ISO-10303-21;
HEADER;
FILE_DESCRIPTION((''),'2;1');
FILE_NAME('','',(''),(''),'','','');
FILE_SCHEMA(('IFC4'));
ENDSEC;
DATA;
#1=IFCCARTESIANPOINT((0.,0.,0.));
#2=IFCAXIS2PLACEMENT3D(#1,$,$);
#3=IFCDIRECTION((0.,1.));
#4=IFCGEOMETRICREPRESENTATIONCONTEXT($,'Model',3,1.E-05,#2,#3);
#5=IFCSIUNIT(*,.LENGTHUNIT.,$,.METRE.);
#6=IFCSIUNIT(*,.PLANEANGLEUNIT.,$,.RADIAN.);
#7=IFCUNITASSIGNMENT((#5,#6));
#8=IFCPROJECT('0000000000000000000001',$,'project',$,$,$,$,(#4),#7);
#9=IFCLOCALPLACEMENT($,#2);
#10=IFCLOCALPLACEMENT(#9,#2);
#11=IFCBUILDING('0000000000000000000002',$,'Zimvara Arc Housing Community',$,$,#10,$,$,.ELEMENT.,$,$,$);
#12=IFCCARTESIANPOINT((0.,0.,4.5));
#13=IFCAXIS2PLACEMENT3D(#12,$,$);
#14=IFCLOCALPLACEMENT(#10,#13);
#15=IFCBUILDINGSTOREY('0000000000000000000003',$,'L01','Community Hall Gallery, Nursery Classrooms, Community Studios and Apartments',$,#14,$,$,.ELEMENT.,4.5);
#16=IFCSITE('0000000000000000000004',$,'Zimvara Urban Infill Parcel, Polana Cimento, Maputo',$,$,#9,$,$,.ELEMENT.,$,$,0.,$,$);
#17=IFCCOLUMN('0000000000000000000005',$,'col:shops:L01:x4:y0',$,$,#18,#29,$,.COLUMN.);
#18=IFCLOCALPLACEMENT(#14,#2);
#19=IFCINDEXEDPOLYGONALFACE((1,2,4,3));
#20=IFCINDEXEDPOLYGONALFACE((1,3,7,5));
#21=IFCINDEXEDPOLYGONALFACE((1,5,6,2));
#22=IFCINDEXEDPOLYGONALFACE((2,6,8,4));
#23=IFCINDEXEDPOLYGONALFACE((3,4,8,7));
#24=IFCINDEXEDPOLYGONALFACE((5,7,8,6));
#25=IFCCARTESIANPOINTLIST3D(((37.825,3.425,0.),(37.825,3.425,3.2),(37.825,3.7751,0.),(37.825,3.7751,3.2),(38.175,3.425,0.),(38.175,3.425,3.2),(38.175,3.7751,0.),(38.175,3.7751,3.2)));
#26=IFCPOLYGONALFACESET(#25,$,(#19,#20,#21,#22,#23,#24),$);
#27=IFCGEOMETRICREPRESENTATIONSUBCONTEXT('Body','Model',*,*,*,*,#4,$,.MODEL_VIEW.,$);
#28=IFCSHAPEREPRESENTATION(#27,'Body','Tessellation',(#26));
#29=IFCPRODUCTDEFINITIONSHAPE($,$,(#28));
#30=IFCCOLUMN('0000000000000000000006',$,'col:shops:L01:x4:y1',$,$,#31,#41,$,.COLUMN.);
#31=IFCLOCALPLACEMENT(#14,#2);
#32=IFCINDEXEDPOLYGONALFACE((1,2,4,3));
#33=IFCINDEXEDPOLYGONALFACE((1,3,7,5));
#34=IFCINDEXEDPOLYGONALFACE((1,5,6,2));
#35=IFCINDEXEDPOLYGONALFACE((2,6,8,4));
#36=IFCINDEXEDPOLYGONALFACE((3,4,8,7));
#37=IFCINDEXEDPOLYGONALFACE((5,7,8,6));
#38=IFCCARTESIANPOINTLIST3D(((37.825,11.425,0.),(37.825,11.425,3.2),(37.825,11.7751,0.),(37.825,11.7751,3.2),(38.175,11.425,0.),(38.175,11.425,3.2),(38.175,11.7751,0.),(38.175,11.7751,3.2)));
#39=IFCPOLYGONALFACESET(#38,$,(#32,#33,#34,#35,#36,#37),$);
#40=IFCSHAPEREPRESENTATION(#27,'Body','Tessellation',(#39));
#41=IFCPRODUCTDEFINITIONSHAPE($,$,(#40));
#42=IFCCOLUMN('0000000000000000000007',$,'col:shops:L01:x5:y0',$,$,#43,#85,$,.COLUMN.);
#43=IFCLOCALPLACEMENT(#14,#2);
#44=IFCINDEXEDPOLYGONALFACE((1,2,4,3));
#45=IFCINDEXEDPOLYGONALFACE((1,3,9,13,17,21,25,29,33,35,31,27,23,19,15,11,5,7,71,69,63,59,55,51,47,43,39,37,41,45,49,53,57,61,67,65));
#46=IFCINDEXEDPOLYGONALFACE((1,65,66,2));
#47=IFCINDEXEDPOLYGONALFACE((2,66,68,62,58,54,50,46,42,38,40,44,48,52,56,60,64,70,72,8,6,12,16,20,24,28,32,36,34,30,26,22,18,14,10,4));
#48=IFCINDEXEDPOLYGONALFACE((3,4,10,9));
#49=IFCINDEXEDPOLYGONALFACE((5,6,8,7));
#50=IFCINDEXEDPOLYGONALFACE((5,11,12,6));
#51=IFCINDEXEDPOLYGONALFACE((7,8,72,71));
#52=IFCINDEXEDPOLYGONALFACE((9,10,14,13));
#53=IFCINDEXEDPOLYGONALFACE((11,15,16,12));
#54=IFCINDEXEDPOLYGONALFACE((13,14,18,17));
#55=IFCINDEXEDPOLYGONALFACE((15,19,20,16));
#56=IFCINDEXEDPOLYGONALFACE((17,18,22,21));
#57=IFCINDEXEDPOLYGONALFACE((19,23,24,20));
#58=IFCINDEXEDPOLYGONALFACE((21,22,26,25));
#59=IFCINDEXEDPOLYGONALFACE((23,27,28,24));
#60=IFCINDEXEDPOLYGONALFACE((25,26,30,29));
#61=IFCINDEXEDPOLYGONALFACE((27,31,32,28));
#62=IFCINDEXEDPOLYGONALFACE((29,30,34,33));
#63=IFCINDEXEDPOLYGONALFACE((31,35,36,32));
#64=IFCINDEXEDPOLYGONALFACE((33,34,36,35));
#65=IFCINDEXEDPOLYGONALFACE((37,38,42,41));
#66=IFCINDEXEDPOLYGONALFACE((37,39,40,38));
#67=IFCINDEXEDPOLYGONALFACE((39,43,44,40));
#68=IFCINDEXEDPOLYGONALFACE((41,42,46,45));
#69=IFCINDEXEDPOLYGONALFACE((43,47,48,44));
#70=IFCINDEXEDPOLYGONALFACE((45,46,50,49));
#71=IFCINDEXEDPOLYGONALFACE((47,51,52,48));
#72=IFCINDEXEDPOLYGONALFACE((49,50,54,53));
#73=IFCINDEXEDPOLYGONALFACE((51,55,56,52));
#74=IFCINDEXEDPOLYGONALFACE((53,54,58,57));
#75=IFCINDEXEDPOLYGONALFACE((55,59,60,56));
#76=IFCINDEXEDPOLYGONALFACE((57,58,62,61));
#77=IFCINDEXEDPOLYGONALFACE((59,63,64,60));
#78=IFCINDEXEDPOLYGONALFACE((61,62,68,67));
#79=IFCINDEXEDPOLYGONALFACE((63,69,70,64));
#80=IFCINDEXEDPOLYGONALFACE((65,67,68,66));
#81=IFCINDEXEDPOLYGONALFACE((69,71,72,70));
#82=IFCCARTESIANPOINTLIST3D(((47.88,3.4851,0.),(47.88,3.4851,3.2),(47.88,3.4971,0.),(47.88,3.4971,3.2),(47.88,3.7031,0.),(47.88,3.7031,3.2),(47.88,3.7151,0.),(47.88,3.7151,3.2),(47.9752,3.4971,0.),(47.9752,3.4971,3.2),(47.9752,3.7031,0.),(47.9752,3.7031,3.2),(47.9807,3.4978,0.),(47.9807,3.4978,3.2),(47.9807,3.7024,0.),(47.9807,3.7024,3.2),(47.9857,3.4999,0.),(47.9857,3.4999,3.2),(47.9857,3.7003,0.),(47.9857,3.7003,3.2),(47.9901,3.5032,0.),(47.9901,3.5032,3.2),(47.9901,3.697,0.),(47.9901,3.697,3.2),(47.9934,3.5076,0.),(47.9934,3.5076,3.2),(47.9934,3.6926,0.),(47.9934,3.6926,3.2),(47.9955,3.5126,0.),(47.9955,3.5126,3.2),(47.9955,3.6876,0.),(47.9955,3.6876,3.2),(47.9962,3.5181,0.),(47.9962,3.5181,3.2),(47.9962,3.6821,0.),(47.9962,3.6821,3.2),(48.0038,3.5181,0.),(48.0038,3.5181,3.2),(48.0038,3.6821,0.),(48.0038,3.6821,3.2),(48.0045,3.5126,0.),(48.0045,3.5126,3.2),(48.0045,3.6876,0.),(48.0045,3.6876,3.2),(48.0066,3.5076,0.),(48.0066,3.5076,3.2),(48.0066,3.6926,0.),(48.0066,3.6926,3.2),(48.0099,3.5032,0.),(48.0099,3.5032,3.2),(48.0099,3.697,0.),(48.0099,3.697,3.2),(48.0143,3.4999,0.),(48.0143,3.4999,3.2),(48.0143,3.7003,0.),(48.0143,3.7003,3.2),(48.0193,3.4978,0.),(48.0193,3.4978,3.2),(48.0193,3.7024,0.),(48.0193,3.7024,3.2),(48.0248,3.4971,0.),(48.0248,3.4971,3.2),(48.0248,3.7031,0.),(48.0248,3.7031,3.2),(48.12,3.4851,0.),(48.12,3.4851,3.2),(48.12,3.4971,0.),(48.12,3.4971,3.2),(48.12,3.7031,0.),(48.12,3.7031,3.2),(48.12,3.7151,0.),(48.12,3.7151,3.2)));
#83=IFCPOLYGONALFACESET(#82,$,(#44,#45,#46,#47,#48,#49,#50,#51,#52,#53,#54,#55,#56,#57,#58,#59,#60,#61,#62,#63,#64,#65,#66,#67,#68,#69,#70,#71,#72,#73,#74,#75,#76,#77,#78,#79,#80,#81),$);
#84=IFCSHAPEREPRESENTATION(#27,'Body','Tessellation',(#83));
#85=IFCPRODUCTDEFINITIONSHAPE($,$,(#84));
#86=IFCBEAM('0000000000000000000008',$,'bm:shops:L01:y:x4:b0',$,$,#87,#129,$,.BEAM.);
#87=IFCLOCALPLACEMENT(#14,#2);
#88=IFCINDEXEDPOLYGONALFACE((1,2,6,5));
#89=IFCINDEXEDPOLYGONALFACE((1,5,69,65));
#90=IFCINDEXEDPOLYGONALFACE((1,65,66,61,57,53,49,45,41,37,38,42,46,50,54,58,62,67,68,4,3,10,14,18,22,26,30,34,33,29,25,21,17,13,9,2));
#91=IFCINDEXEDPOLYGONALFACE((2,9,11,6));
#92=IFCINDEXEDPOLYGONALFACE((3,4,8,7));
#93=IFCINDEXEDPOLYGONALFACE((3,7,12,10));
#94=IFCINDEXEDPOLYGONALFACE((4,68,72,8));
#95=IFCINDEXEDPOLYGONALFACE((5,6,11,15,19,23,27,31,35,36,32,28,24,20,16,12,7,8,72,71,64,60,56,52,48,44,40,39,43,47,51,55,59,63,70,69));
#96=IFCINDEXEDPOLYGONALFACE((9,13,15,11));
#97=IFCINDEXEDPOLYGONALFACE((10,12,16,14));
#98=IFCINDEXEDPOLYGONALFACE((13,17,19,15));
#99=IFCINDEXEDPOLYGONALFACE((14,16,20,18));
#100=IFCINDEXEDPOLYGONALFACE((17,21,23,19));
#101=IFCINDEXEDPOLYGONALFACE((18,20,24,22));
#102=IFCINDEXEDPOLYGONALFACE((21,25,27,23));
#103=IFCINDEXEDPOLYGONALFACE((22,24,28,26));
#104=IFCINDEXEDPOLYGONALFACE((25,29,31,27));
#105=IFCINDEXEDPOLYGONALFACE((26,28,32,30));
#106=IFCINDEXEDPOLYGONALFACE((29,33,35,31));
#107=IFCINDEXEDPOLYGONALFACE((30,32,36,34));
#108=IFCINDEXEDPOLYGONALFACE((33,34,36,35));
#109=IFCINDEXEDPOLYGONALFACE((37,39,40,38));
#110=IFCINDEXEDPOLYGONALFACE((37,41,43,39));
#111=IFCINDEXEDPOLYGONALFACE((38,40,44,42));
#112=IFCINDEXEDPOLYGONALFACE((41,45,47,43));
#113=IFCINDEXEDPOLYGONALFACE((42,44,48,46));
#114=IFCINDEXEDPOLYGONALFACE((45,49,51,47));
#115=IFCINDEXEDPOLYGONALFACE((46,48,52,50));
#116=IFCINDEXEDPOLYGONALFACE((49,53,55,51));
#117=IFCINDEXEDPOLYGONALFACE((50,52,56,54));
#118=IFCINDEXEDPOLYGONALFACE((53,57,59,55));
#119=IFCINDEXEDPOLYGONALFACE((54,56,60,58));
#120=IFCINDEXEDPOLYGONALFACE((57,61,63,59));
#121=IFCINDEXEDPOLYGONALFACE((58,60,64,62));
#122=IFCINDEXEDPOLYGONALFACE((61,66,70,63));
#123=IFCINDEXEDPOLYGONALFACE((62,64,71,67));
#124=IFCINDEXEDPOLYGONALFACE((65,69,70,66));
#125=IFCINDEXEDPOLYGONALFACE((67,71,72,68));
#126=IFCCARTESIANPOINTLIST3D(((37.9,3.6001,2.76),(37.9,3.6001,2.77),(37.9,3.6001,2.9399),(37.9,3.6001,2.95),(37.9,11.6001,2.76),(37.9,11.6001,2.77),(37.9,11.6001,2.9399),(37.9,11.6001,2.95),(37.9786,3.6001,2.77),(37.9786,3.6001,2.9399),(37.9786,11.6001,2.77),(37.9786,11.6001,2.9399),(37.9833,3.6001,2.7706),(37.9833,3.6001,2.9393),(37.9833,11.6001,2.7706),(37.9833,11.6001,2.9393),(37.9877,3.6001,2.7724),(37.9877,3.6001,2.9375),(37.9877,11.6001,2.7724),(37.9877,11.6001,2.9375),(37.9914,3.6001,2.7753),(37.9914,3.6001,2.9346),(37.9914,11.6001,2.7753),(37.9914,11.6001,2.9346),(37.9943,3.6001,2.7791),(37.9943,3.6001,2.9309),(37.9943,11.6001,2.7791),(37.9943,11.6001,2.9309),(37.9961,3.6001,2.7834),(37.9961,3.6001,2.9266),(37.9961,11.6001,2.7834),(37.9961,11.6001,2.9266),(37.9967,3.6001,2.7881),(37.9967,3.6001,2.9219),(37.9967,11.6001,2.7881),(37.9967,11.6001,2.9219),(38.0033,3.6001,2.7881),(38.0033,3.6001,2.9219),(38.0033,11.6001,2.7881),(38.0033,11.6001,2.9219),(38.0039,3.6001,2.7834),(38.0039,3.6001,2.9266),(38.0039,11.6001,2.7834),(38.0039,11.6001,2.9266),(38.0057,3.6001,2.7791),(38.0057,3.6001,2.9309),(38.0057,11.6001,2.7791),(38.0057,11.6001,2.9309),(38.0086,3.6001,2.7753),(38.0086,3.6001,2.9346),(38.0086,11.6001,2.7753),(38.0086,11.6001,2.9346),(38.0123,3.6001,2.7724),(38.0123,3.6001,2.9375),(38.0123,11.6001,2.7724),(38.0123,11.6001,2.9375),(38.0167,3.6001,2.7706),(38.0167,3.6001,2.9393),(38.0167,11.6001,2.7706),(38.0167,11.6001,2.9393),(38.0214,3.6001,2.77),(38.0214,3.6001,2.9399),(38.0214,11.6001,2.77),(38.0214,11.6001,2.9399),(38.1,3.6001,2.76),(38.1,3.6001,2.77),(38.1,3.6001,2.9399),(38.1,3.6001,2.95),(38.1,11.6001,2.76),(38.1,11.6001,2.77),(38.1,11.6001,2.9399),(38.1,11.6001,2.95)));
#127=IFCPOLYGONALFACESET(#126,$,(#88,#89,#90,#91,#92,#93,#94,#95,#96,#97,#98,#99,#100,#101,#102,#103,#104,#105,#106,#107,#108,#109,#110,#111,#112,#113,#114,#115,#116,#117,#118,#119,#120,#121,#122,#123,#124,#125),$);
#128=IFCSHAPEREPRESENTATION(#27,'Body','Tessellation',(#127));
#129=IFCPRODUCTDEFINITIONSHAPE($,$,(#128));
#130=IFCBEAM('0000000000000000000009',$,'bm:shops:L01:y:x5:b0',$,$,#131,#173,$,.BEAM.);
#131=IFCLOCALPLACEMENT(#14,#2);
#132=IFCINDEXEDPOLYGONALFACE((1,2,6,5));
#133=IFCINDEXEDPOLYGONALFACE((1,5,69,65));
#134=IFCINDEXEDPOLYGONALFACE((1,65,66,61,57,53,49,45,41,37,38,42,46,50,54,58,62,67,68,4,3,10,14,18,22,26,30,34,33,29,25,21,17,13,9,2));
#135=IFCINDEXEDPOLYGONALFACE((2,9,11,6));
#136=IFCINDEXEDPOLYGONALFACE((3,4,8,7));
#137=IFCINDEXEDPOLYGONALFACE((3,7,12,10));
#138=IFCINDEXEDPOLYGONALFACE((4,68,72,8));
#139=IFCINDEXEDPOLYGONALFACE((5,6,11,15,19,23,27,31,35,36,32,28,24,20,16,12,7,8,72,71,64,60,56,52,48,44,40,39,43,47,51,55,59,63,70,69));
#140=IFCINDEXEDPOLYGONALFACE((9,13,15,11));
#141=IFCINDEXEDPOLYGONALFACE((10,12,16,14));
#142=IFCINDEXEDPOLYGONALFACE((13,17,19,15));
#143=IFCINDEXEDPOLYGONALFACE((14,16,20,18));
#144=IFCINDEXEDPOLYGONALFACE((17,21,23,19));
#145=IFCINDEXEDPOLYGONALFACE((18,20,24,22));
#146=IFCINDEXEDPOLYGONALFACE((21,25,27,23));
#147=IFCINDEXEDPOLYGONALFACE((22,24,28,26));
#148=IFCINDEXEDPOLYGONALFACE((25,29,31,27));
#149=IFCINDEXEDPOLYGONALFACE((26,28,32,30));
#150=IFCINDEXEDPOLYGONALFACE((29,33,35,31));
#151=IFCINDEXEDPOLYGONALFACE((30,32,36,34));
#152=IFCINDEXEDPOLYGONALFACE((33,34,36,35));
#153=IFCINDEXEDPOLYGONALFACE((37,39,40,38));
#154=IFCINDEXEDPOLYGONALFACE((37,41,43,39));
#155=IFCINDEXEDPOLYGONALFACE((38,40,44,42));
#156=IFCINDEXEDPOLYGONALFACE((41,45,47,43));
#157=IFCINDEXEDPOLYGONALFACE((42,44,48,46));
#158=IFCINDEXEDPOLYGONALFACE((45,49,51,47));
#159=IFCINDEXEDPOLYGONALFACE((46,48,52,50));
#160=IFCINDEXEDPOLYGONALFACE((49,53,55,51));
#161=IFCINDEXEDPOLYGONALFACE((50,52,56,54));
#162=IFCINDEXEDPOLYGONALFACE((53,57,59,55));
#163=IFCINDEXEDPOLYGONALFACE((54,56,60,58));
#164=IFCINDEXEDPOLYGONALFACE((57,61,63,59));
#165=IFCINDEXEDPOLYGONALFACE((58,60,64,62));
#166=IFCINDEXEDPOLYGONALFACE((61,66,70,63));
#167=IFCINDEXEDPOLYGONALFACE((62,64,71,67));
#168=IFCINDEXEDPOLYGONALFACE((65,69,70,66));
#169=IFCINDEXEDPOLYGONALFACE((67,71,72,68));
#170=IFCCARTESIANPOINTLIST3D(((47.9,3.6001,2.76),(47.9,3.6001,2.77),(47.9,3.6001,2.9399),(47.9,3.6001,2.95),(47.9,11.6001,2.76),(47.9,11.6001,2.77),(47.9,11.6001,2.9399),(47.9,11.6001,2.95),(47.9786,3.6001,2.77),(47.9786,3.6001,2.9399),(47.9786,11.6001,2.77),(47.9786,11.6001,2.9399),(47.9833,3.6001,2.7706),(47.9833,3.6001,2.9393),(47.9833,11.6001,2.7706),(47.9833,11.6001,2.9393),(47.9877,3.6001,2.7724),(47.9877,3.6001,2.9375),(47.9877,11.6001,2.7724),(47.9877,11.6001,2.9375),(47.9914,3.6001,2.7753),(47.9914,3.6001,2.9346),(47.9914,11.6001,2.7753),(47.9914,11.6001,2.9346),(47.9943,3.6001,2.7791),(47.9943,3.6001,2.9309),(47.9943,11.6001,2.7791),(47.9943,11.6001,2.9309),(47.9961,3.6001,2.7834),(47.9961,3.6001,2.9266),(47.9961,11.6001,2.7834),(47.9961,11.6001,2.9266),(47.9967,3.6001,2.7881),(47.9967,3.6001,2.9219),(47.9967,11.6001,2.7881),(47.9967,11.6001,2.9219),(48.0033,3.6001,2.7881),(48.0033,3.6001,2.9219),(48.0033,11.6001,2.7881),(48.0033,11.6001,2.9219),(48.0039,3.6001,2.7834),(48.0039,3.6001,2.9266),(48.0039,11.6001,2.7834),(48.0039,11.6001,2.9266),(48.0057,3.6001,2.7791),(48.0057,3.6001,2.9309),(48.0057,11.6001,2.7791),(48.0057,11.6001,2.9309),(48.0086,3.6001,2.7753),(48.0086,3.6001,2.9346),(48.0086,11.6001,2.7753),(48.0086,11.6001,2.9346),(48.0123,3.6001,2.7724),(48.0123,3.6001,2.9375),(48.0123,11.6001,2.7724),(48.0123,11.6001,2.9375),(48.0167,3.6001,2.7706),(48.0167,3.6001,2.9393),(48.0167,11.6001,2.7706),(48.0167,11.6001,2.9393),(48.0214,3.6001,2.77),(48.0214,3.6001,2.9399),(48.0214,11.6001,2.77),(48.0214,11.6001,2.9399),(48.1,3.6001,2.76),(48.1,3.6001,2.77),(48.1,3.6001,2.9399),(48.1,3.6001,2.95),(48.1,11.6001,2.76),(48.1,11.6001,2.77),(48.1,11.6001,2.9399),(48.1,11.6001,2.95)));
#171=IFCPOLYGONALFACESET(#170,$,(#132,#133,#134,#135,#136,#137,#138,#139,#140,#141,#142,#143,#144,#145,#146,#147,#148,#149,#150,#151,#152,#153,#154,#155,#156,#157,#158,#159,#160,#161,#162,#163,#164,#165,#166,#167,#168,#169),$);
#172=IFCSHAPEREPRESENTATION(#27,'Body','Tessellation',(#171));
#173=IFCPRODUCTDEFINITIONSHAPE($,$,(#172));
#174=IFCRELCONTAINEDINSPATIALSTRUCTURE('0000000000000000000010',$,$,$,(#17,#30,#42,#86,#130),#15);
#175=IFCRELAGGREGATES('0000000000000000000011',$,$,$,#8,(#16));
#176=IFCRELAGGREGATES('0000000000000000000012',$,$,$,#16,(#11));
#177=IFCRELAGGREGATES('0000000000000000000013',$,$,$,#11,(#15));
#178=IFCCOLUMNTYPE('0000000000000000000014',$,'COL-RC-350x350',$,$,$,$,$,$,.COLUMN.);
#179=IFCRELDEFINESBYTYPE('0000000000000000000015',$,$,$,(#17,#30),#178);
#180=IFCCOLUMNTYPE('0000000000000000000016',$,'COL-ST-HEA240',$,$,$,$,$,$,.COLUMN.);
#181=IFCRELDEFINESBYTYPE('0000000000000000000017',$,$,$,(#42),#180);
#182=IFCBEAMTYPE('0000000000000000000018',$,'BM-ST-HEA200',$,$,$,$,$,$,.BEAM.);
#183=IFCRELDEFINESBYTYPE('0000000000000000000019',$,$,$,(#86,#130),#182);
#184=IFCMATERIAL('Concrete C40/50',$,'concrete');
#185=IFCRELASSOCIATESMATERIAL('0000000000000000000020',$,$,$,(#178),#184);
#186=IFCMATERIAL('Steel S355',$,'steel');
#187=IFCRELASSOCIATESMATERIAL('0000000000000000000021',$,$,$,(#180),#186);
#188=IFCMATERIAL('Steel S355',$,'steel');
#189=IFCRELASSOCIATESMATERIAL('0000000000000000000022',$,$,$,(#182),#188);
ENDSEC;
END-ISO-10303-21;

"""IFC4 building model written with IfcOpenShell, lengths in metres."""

from ifc_helpers import new_model, si_unit, direction, frame, origin, origin_2d, place, context, subcontext, project, spatial, rectangle, i_section, extrude, material, material_profile, profile_set, type_object, element, save


model = new_model("IFC4")

# Units and contexts
model_context = context("Model", 3, precision=1e-05, world=origin(), true_north=direction((0.0, 1.0)))
body_context = subcontext(model_context, "Body", "Model", "MODEL_VIEW")
ifc_project = project(units=[si_unit("LENGTHUNIT", "METRE"), si_unit("PLANEANGLEUNIT", "RADIAN")], contexts=[model_context])

# Site, building, storey
site_placement = place(None, origin())
site = spatial("IfcSite", under=ifc_project, at=site_placement, Name="Zimvara Urban Infill Parcel, Polana Cimento, Maputo", CompositionType="ELEMENT", RefElevation=0.0)
building_placement = place(site_placement, origin())
building = spatial("IfcBuilding", under=site, at=building_placement, Name="Zimvara Arc Housing Community", CompositionType="ELEMENT")
storey_placement = place(building_placement, frame((0.0, 0.0, 4.5)))
storey = spatial("IfcBuildingStorey", under=building, at=storey_placement, Name="L01", Description="Community Hall Gallery, Nursery Classrooms, Community Studios and Apartments", CompositionType="ELEMENT", Elevation=4.5)

# Columns
ifc_material_1 = material(Name="Concrete C40/50", Category="concrete")
ifc_material_profile_1 = material_profile(ifc_material_1, rectangle(XDim=0.3501, YDim=0.3501, at=origin_2d()), Name="RC 350x350")
ifc_profile_set_1 = profile_set([ifc_material_profile_1], Name="Concrete C40/50")
column_type_1 = type_object("IfcColumnType", Name="COL-RC-350x350", PredefinedType="COLUMN", material=ifc_profile_set_1)
for number, where, z_axis, x_axis, name in (
    (1, (38.0, 3.6001, 0.0), (0.0, 0.0, 1.0), (1.0, 0.0, 0.0), "col:shops:L01:x4:y0"),
    (2, (38.0, 11.6001, 0.0), (0.0, 0.0, 1.0), (1.0, 0.0, 0.0), "col:shops:L01:x4:y1"),
):
    element("IfcColumn", number, at=place(storey_placement, frame(where, z_axis=z_axis, x_axis=x_axis)), inside=storey, type_object=column_type_1, Name=name, PredefinedType="COLUMN", context=body_context, shape_type="SweptSolid", body=[
        extrude(rectangle(XDim=0.3501, YDim=0.3501, at=origin_2d()), origin(), (0.0, 0.0, 1.0), 3.2),
    ])
ifc_material_2 = material(Name="Steel S355", Category="steel")
ifc_material_profile_2 = material_profile(ifc_material_2, i_section(OverallWidth=0.24, OverallDepth=0.23, WebThickness=0.0076, FlangeThickness=0.012, FilletRadius=0.021, at=origin_2d()), Name="HEA 240")
ifc_profile_set_2 = profile_set([ifc_material_profile_2], Name="Steel S355")
column_type_2 = type_object("IfcColumnType", Name="COL-ST-HEA240", PredefinedType="COLUMN", material=ifc_profile_set_2)
column_placement = place(storey_placement, frame((48.0, 3.6001, 0.0), z_axis=(0.0, 0.0, 1.0), x_axis=(1.0, 0.0, 0.0)))
element("IfcColumn", 3, at=column_placement, inside=storey, type_object=column_type_2, Name="col:shops:L01:x5:y0", PredefinedType="COLUMN", context=body_context, shape_type="SweptSolid", body=[
    extrude(i_section(OverallWidth=0.24, OverallDepth=0.23, WebThickness=0.0076, FlangeThickness=0.012, FilletRadius=0.021, at=origin_2d()), origin(), (0.0, 0.0, 1.0), 3.2),
])

# Beams
ifc_material_3 = material(Name="Steel S355", Category="steel")
ifc_material_profile_3 = material_profile(ifc_material_3, i_section(OverallWidth=0.2, OverallDepth=0.1899, WebThickness=0.0066, FlangeThickness=0.01, FilletRadius=0.0181, at=origin_2d()), Name="HEA 200")
ifc_profile_set_3 = profile_set([ifc_material_profile_3], Name="Steel S355")
beam_type_1 = type_object("IfcBeamType", Name="BM-ST-HEA200", PredefinedType="BEAM", material=ifc_profile_set_3)
for number, where, z_axis, x_axis, name in (
    (4, (38.0, 3.6001, 2.855), (0.0, 1.0, 0.0), (-1.0, 0.0, 0.0), "bm:shops:L01:y:x4:b0"),
    (5, (48.0, 3.6001, 2.855), (0.0, 1.0, 0.0), (-1.0, 0.0, 0.0), "bm:shops:L01:y:x5:b0"),
):
    element("IfcBeam", number, at=place(storey_placement, frame(where, z_axis=z_axis, x_axis=x_axis)), inside=storey, type_object=beam_type_1, Name=name, PredefinedType="BEAM", context=body_context, shape_type="SweptSolid", body=[
        extrude(i_section(OverallWidth=0.2, OverallDepth=0.1899, WebThickness=0.0066, FlangeThickness=0.01, FilletRadius=0.0181, at=origin_2d()), origin(), (0.0, 0.0, 1.0), 8.0),
    ])

save(model, "model.ifc")
